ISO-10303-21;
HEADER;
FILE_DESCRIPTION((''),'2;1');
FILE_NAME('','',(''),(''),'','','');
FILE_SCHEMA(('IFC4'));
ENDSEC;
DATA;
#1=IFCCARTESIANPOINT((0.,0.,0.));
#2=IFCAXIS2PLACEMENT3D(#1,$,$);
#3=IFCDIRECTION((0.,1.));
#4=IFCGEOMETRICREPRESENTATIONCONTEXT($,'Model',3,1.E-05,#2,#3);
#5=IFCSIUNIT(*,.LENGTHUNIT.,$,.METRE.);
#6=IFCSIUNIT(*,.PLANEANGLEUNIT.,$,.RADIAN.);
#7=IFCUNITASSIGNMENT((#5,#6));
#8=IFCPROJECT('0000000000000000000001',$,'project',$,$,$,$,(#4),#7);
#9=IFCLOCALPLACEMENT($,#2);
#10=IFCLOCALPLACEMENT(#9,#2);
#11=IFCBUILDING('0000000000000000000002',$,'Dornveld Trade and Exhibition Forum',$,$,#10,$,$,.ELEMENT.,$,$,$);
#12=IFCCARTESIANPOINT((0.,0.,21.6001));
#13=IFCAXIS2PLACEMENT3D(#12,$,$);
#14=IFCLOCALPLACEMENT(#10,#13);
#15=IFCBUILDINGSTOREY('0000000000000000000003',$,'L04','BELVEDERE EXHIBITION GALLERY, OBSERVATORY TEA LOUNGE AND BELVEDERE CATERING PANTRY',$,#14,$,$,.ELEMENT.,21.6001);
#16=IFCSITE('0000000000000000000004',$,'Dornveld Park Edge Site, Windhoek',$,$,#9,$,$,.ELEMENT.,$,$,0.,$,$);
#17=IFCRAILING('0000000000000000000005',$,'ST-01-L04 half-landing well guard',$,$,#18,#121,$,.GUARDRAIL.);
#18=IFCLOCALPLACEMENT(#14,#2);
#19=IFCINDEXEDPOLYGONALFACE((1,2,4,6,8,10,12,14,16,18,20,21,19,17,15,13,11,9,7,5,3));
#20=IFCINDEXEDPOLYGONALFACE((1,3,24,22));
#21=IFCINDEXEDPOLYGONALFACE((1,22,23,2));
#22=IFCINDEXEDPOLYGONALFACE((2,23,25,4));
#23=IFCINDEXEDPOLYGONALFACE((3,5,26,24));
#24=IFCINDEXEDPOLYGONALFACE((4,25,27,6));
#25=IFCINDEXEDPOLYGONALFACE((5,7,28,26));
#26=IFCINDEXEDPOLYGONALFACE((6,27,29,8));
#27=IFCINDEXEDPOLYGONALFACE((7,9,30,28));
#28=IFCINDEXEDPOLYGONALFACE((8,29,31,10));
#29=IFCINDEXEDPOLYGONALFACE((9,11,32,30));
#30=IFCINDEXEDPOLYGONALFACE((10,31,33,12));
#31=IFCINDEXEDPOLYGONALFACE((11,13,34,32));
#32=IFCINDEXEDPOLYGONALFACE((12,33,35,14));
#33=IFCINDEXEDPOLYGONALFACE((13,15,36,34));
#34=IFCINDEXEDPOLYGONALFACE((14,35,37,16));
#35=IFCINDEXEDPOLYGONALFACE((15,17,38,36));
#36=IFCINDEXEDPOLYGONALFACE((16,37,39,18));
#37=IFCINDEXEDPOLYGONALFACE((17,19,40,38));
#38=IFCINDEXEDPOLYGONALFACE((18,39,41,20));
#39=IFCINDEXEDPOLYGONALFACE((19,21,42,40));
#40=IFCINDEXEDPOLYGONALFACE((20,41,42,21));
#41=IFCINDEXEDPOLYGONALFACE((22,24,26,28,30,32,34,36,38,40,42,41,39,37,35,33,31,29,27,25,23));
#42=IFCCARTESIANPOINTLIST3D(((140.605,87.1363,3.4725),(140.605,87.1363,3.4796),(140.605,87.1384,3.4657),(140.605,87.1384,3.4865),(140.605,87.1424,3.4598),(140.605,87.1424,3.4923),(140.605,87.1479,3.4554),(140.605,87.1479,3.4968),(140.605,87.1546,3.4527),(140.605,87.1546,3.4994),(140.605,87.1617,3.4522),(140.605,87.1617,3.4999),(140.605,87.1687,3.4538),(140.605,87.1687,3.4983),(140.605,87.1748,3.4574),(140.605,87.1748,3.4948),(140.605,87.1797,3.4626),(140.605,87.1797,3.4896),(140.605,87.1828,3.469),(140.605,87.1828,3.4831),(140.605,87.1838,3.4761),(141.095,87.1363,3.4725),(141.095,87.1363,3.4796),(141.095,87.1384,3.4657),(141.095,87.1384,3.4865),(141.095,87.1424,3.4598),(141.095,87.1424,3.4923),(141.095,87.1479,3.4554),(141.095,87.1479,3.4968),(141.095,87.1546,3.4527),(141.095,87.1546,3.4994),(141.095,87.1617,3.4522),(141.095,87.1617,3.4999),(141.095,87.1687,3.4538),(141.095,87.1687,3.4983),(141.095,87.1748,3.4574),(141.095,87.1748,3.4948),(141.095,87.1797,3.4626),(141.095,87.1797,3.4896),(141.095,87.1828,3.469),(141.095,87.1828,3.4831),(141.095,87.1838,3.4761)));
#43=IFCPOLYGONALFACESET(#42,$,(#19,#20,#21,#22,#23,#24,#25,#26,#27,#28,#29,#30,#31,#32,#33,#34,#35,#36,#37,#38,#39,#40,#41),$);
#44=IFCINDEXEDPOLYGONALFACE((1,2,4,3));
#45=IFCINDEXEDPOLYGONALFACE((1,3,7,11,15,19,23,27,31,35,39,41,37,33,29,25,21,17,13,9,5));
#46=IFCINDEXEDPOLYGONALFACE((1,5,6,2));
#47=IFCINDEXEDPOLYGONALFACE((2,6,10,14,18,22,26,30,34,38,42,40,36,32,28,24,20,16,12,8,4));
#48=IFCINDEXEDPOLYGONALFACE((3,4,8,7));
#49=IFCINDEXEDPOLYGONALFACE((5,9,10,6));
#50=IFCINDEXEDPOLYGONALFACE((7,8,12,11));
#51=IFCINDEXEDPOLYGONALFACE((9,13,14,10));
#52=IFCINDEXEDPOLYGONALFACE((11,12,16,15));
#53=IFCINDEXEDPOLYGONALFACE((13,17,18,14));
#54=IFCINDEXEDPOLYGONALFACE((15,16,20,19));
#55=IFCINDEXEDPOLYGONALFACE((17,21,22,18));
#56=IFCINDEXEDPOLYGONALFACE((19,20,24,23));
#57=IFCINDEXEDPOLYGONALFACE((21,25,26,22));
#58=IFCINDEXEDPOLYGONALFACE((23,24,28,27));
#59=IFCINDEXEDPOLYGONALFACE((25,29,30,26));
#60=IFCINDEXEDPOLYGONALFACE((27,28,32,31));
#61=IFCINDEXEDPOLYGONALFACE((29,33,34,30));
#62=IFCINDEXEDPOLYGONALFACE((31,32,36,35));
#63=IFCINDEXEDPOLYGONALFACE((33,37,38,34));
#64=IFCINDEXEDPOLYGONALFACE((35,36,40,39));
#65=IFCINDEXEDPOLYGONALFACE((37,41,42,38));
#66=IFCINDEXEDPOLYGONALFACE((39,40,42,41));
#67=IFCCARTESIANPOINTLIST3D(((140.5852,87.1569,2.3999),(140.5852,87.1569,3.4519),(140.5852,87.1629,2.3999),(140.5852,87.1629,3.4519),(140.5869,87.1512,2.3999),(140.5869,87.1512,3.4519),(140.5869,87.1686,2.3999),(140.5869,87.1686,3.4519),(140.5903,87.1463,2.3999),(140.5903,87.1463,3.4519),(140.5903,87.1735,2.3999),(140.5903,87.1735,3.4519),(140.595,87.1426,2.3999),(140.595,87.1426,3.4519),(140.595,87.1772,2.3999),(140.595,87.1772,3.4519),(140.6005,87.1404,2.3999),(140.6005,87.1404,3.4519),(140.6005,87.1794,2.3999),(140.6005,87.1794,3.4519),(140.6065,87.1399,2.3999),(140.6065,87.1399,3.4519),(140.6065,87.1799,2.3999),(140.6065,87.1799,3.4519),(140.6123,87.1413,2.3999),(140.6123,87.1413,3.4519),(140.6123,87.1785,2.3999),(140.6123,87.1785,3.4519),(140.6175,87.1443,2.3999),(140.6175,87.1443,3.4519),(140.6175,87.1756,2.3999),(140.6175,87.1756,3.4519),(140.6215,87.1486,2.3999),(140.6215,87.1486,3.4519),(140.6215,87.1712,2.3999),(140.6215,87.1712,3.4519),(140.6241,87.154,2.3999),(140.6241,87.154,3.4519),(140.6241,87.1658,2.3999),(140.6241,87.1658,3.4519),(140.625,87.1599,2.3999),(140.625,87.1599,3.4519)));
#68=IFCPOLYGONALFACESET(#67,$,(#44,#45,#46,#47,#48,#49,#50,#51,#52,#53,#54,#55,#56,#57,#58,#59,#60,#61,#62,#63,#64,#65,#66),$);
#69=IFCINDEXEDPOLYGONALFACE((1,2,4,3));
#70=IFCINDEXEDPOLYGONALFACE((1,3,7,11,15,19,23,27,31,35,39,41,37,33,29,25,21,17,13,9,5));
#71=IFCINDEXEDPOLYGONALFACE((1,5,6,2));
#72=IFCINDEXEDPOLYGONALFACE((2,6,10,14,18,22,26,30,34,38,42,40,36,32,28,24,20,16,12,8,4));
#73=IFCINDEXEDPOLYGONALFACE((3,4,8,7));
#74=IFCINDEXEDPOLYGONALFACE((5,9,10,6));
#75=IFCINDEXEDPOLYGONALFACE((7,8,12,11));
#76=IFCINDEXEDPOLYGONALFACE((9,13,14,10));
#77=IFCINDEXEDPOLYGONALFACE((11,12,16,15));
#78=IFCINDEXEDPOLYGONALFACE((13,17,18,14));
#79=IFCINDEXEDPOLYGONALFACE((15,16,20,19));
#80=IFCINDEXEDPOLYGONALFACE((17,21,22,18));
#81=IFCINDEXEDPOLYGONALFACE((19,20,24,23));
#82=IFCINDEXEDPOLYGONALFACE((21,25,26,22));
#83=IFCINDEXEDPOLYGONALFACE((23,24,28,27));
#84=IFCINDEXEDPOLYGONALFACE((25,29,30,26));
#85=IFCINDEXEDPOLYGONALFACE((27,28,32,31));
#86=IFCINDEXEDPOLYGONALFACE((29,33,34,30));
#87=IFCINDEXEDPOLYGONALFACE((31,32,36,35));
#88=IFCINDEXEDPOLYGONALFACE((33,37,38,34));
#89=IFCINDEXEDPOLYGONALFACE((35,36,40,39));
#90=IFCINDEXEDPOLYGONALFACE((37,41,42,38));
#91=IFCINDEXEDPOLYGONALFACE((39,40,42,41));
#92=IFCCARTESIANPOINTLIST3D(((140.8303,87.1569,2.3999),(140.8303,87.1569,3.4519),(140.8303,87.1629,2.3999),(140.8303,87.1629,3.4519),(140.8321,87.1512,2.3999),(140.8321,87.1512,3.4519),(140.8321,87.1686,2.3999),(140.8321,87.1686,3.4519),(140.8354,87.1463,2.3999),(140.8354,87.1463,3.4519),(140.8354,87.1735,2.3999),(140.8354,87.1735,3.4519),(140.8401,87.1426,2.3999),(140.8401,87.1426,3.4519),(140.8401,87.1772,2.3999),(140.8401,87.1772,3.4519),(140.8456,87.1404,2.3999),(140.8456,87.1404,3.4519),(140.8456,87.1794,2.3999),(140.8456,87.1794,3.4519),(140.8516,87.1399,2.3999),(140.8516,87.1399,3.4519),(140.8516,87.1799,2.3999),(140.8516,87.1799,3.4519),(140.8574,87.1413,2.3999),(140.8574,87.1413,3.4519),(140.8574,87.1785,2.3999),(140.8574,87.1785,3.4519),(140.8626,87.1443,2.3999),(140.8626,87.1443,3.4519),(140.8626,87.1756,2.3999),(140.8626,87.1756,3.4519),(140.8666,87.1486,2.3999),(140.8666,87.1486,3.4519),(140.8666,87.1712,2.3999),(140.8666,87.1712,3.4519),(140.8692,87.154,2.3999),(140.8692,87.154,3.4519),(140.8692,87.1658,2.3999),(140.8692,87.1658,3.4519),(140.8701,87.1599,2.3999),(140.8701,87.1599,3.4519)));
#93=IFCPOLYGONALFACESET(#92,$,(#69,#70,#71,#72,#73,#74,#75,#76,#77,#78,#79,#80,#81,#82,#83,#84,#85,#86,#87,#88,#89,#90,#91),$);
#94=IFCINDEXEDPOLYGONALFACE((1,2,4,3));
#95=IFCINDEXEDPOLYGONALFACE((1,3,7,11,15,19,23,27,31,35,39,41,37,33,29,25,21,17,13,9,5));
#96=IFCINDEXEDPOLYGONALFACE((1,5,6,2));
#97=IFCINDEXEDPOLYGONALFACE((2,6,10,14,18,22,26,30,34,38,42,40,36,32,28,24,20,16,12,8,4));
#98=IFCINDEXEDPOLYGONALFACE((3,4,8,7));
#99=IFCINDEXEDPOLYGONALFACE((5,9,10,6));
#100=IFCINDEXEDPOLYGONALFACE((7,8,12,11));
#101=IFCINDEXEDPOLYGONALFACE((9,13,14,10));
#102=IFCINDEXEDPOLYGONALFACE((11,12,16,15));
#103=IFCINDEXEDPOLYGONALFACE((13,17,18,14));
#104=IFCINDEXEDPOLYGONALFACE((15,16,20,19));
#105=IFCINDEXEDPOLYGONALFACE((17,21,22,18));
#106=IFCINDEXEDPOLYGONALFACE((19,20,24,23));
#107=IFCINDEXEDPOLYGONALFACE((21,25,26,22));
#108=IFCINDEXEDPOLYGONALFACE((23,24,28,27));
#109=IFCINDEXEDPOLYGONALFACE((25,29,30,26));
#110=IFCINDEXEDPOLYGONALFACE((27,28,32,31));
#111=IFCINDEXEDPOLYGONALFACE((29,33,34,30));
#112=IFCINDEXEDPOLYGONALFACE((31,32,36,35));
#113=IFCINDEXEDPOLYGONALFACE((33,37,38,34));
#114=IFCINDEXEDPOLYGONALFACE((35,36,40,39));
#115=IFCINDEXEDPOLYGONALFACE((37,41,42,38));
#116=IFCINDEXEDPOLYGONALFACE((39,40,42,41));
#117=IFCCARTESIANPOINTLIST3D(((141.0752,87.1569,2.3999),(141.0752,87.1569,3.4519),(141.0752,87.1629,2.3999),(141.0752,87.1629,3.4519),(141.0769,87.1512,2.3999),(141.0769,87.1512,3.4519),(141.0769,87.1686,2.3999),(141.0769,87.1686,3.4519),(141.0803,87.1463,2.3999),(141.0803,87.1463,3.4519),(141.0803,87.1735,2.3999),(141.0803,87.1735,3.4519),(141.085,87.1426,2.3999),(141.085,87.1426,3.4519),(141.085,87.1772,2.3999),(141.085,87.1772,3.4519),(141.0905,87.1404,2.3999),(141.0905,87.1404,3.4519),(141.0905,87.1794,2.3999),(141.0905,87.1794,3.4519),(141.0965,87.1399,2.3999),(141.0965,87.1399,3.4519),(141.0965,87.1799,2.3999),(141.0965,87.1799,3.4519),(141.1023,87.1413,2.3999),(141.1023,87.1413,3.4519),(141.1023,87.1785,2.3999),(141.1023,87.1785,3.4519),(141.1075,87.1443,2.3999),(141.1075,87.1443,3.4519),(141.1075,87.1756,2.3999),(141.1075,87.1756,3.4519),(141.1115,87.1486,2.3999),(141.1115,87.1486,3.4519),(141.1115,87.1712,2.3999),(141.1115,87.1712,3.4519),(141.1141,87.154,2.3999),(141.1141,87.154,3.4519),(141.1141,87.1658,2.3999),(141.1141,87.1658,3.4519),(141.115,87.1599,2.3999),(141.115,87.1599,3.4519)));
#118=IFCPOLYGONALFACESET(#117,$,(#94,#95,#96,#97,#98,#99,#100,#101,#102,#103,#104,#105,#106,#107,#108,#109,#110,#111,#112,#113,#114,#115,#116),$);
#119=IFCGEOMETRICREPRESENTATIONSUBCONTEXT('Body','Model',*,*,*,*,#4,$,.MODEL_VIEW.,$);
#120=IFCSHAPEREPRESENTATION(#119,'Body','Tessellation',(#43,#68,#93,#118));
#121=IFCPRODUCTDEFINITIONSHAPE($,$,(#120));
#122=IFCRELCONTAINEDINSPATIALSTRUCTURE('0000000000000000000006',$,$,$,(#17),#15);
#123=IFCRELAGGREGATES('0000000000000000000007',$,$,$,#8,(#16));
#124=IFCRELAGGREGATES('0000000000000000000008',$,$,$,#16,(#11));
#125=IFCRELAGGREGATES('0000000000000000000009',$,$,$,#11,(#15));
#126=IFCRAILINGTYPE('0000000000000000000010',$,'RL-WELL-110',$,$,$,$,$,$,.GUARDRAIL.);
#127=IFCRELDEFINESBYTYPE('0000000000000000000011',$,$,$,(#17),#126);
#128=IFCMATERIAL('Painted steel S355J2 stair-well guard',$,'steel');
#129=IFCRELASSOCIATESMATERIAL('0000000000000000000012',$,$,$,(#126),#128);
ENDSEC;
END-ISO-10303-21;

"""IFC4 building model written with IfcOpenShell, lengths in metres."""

from ifc_helpers import new_model, si_unit, direction, frame, origin, origin_2d, place, context, subcontext, project, spatial, circle, extrude, material, type_object, element, save


model = new_model("IFC4")

# Units and contexts
model_context = context("Model", 3, precision=1e-05, world=origin(), true_north=direction((0.0, 1.0)))
body_context = subcontext(model_context, "Body", "Model", "MODEL_VIEW")
ifc_project = project(units=[si_unit("LENGTHUNIT", "METRE"), si_unit("PLANEANGLEUNIT", "RADIAN")], contexts=[model_context])

# Site, building, storey
site_placement = place(None, origin())
site = spatial("IfcSite", under=ifc_project, at=site_placement, Name="Dornveld Park Edge Site, Windhoek", CompositionType="ELEMENT", RefElevation=0.0)
building_placement = place(site_placement, origin())
building = spatial("IfcBuilding", under=site, at=building_placement, Name="Dornveld Trade and Exhibition Forum", CompositionType="ELEMENT")
storey_placement = place(building_placement, frame((0.0, 0.0, 21.6001)))
storey = spatial("IfcBuildingStorey", under=building, at=storey_placement, Name="L04", Description="BELVEDERE EXHIBITION GALLERY, OBSERVATORY TEA LOUNGE AND BELVEDERE CATERING PANTRY", CompositionType="ELEMENT", Elevation=21.6001)

# Railing
ifc_material_1 = material(Name="Painted steel S355J2 stair-well guard", Category="steel")
railing_type_1 = type_object("IfcRailingType", Name="RL-WELL-110", PredefinedType="GUARDRAIL", material=ifc_material_1)
railing_1_placement = place(storey_placement, frame((140.605, 87.1599, 2.3999)))
element("IfcRailing", 1, at=railing_1_placement, inside=storey, type_object=railing_type_1, Name="ST-01-L04 half-landing well guard", PredefinedType="GUARDRAIL", context=body_context, shape_type="SweptSolid", body=[
    extrude(circle(Radius=0.0239, at=origin_2d()), frame((0.0, 0.0, 1.0762), z_axis=(1.0, 0.0, 0.0), x_axis=(0.0, 1.0, 0.0)), (0.0, 0.0, 1.0), 0.49),
    extrude(circle(Radius=0.02, at=origin_2d()), origin(), (0.0, 0.0, 1.0), 1.052),
    extrude(circle(Radius=0.02, at=origin_2d()), frame((0.2451, 0.0, 0.0)), (0.0, 0.0, 1.0), 1.052),
    extrude(circle(Radius=0.02, at=origin_2d()), frame((0.49, 0.0, 0.0)), (0.0, 0.0, 1.0), 1.052),
])

save(model, "model.ifc")
